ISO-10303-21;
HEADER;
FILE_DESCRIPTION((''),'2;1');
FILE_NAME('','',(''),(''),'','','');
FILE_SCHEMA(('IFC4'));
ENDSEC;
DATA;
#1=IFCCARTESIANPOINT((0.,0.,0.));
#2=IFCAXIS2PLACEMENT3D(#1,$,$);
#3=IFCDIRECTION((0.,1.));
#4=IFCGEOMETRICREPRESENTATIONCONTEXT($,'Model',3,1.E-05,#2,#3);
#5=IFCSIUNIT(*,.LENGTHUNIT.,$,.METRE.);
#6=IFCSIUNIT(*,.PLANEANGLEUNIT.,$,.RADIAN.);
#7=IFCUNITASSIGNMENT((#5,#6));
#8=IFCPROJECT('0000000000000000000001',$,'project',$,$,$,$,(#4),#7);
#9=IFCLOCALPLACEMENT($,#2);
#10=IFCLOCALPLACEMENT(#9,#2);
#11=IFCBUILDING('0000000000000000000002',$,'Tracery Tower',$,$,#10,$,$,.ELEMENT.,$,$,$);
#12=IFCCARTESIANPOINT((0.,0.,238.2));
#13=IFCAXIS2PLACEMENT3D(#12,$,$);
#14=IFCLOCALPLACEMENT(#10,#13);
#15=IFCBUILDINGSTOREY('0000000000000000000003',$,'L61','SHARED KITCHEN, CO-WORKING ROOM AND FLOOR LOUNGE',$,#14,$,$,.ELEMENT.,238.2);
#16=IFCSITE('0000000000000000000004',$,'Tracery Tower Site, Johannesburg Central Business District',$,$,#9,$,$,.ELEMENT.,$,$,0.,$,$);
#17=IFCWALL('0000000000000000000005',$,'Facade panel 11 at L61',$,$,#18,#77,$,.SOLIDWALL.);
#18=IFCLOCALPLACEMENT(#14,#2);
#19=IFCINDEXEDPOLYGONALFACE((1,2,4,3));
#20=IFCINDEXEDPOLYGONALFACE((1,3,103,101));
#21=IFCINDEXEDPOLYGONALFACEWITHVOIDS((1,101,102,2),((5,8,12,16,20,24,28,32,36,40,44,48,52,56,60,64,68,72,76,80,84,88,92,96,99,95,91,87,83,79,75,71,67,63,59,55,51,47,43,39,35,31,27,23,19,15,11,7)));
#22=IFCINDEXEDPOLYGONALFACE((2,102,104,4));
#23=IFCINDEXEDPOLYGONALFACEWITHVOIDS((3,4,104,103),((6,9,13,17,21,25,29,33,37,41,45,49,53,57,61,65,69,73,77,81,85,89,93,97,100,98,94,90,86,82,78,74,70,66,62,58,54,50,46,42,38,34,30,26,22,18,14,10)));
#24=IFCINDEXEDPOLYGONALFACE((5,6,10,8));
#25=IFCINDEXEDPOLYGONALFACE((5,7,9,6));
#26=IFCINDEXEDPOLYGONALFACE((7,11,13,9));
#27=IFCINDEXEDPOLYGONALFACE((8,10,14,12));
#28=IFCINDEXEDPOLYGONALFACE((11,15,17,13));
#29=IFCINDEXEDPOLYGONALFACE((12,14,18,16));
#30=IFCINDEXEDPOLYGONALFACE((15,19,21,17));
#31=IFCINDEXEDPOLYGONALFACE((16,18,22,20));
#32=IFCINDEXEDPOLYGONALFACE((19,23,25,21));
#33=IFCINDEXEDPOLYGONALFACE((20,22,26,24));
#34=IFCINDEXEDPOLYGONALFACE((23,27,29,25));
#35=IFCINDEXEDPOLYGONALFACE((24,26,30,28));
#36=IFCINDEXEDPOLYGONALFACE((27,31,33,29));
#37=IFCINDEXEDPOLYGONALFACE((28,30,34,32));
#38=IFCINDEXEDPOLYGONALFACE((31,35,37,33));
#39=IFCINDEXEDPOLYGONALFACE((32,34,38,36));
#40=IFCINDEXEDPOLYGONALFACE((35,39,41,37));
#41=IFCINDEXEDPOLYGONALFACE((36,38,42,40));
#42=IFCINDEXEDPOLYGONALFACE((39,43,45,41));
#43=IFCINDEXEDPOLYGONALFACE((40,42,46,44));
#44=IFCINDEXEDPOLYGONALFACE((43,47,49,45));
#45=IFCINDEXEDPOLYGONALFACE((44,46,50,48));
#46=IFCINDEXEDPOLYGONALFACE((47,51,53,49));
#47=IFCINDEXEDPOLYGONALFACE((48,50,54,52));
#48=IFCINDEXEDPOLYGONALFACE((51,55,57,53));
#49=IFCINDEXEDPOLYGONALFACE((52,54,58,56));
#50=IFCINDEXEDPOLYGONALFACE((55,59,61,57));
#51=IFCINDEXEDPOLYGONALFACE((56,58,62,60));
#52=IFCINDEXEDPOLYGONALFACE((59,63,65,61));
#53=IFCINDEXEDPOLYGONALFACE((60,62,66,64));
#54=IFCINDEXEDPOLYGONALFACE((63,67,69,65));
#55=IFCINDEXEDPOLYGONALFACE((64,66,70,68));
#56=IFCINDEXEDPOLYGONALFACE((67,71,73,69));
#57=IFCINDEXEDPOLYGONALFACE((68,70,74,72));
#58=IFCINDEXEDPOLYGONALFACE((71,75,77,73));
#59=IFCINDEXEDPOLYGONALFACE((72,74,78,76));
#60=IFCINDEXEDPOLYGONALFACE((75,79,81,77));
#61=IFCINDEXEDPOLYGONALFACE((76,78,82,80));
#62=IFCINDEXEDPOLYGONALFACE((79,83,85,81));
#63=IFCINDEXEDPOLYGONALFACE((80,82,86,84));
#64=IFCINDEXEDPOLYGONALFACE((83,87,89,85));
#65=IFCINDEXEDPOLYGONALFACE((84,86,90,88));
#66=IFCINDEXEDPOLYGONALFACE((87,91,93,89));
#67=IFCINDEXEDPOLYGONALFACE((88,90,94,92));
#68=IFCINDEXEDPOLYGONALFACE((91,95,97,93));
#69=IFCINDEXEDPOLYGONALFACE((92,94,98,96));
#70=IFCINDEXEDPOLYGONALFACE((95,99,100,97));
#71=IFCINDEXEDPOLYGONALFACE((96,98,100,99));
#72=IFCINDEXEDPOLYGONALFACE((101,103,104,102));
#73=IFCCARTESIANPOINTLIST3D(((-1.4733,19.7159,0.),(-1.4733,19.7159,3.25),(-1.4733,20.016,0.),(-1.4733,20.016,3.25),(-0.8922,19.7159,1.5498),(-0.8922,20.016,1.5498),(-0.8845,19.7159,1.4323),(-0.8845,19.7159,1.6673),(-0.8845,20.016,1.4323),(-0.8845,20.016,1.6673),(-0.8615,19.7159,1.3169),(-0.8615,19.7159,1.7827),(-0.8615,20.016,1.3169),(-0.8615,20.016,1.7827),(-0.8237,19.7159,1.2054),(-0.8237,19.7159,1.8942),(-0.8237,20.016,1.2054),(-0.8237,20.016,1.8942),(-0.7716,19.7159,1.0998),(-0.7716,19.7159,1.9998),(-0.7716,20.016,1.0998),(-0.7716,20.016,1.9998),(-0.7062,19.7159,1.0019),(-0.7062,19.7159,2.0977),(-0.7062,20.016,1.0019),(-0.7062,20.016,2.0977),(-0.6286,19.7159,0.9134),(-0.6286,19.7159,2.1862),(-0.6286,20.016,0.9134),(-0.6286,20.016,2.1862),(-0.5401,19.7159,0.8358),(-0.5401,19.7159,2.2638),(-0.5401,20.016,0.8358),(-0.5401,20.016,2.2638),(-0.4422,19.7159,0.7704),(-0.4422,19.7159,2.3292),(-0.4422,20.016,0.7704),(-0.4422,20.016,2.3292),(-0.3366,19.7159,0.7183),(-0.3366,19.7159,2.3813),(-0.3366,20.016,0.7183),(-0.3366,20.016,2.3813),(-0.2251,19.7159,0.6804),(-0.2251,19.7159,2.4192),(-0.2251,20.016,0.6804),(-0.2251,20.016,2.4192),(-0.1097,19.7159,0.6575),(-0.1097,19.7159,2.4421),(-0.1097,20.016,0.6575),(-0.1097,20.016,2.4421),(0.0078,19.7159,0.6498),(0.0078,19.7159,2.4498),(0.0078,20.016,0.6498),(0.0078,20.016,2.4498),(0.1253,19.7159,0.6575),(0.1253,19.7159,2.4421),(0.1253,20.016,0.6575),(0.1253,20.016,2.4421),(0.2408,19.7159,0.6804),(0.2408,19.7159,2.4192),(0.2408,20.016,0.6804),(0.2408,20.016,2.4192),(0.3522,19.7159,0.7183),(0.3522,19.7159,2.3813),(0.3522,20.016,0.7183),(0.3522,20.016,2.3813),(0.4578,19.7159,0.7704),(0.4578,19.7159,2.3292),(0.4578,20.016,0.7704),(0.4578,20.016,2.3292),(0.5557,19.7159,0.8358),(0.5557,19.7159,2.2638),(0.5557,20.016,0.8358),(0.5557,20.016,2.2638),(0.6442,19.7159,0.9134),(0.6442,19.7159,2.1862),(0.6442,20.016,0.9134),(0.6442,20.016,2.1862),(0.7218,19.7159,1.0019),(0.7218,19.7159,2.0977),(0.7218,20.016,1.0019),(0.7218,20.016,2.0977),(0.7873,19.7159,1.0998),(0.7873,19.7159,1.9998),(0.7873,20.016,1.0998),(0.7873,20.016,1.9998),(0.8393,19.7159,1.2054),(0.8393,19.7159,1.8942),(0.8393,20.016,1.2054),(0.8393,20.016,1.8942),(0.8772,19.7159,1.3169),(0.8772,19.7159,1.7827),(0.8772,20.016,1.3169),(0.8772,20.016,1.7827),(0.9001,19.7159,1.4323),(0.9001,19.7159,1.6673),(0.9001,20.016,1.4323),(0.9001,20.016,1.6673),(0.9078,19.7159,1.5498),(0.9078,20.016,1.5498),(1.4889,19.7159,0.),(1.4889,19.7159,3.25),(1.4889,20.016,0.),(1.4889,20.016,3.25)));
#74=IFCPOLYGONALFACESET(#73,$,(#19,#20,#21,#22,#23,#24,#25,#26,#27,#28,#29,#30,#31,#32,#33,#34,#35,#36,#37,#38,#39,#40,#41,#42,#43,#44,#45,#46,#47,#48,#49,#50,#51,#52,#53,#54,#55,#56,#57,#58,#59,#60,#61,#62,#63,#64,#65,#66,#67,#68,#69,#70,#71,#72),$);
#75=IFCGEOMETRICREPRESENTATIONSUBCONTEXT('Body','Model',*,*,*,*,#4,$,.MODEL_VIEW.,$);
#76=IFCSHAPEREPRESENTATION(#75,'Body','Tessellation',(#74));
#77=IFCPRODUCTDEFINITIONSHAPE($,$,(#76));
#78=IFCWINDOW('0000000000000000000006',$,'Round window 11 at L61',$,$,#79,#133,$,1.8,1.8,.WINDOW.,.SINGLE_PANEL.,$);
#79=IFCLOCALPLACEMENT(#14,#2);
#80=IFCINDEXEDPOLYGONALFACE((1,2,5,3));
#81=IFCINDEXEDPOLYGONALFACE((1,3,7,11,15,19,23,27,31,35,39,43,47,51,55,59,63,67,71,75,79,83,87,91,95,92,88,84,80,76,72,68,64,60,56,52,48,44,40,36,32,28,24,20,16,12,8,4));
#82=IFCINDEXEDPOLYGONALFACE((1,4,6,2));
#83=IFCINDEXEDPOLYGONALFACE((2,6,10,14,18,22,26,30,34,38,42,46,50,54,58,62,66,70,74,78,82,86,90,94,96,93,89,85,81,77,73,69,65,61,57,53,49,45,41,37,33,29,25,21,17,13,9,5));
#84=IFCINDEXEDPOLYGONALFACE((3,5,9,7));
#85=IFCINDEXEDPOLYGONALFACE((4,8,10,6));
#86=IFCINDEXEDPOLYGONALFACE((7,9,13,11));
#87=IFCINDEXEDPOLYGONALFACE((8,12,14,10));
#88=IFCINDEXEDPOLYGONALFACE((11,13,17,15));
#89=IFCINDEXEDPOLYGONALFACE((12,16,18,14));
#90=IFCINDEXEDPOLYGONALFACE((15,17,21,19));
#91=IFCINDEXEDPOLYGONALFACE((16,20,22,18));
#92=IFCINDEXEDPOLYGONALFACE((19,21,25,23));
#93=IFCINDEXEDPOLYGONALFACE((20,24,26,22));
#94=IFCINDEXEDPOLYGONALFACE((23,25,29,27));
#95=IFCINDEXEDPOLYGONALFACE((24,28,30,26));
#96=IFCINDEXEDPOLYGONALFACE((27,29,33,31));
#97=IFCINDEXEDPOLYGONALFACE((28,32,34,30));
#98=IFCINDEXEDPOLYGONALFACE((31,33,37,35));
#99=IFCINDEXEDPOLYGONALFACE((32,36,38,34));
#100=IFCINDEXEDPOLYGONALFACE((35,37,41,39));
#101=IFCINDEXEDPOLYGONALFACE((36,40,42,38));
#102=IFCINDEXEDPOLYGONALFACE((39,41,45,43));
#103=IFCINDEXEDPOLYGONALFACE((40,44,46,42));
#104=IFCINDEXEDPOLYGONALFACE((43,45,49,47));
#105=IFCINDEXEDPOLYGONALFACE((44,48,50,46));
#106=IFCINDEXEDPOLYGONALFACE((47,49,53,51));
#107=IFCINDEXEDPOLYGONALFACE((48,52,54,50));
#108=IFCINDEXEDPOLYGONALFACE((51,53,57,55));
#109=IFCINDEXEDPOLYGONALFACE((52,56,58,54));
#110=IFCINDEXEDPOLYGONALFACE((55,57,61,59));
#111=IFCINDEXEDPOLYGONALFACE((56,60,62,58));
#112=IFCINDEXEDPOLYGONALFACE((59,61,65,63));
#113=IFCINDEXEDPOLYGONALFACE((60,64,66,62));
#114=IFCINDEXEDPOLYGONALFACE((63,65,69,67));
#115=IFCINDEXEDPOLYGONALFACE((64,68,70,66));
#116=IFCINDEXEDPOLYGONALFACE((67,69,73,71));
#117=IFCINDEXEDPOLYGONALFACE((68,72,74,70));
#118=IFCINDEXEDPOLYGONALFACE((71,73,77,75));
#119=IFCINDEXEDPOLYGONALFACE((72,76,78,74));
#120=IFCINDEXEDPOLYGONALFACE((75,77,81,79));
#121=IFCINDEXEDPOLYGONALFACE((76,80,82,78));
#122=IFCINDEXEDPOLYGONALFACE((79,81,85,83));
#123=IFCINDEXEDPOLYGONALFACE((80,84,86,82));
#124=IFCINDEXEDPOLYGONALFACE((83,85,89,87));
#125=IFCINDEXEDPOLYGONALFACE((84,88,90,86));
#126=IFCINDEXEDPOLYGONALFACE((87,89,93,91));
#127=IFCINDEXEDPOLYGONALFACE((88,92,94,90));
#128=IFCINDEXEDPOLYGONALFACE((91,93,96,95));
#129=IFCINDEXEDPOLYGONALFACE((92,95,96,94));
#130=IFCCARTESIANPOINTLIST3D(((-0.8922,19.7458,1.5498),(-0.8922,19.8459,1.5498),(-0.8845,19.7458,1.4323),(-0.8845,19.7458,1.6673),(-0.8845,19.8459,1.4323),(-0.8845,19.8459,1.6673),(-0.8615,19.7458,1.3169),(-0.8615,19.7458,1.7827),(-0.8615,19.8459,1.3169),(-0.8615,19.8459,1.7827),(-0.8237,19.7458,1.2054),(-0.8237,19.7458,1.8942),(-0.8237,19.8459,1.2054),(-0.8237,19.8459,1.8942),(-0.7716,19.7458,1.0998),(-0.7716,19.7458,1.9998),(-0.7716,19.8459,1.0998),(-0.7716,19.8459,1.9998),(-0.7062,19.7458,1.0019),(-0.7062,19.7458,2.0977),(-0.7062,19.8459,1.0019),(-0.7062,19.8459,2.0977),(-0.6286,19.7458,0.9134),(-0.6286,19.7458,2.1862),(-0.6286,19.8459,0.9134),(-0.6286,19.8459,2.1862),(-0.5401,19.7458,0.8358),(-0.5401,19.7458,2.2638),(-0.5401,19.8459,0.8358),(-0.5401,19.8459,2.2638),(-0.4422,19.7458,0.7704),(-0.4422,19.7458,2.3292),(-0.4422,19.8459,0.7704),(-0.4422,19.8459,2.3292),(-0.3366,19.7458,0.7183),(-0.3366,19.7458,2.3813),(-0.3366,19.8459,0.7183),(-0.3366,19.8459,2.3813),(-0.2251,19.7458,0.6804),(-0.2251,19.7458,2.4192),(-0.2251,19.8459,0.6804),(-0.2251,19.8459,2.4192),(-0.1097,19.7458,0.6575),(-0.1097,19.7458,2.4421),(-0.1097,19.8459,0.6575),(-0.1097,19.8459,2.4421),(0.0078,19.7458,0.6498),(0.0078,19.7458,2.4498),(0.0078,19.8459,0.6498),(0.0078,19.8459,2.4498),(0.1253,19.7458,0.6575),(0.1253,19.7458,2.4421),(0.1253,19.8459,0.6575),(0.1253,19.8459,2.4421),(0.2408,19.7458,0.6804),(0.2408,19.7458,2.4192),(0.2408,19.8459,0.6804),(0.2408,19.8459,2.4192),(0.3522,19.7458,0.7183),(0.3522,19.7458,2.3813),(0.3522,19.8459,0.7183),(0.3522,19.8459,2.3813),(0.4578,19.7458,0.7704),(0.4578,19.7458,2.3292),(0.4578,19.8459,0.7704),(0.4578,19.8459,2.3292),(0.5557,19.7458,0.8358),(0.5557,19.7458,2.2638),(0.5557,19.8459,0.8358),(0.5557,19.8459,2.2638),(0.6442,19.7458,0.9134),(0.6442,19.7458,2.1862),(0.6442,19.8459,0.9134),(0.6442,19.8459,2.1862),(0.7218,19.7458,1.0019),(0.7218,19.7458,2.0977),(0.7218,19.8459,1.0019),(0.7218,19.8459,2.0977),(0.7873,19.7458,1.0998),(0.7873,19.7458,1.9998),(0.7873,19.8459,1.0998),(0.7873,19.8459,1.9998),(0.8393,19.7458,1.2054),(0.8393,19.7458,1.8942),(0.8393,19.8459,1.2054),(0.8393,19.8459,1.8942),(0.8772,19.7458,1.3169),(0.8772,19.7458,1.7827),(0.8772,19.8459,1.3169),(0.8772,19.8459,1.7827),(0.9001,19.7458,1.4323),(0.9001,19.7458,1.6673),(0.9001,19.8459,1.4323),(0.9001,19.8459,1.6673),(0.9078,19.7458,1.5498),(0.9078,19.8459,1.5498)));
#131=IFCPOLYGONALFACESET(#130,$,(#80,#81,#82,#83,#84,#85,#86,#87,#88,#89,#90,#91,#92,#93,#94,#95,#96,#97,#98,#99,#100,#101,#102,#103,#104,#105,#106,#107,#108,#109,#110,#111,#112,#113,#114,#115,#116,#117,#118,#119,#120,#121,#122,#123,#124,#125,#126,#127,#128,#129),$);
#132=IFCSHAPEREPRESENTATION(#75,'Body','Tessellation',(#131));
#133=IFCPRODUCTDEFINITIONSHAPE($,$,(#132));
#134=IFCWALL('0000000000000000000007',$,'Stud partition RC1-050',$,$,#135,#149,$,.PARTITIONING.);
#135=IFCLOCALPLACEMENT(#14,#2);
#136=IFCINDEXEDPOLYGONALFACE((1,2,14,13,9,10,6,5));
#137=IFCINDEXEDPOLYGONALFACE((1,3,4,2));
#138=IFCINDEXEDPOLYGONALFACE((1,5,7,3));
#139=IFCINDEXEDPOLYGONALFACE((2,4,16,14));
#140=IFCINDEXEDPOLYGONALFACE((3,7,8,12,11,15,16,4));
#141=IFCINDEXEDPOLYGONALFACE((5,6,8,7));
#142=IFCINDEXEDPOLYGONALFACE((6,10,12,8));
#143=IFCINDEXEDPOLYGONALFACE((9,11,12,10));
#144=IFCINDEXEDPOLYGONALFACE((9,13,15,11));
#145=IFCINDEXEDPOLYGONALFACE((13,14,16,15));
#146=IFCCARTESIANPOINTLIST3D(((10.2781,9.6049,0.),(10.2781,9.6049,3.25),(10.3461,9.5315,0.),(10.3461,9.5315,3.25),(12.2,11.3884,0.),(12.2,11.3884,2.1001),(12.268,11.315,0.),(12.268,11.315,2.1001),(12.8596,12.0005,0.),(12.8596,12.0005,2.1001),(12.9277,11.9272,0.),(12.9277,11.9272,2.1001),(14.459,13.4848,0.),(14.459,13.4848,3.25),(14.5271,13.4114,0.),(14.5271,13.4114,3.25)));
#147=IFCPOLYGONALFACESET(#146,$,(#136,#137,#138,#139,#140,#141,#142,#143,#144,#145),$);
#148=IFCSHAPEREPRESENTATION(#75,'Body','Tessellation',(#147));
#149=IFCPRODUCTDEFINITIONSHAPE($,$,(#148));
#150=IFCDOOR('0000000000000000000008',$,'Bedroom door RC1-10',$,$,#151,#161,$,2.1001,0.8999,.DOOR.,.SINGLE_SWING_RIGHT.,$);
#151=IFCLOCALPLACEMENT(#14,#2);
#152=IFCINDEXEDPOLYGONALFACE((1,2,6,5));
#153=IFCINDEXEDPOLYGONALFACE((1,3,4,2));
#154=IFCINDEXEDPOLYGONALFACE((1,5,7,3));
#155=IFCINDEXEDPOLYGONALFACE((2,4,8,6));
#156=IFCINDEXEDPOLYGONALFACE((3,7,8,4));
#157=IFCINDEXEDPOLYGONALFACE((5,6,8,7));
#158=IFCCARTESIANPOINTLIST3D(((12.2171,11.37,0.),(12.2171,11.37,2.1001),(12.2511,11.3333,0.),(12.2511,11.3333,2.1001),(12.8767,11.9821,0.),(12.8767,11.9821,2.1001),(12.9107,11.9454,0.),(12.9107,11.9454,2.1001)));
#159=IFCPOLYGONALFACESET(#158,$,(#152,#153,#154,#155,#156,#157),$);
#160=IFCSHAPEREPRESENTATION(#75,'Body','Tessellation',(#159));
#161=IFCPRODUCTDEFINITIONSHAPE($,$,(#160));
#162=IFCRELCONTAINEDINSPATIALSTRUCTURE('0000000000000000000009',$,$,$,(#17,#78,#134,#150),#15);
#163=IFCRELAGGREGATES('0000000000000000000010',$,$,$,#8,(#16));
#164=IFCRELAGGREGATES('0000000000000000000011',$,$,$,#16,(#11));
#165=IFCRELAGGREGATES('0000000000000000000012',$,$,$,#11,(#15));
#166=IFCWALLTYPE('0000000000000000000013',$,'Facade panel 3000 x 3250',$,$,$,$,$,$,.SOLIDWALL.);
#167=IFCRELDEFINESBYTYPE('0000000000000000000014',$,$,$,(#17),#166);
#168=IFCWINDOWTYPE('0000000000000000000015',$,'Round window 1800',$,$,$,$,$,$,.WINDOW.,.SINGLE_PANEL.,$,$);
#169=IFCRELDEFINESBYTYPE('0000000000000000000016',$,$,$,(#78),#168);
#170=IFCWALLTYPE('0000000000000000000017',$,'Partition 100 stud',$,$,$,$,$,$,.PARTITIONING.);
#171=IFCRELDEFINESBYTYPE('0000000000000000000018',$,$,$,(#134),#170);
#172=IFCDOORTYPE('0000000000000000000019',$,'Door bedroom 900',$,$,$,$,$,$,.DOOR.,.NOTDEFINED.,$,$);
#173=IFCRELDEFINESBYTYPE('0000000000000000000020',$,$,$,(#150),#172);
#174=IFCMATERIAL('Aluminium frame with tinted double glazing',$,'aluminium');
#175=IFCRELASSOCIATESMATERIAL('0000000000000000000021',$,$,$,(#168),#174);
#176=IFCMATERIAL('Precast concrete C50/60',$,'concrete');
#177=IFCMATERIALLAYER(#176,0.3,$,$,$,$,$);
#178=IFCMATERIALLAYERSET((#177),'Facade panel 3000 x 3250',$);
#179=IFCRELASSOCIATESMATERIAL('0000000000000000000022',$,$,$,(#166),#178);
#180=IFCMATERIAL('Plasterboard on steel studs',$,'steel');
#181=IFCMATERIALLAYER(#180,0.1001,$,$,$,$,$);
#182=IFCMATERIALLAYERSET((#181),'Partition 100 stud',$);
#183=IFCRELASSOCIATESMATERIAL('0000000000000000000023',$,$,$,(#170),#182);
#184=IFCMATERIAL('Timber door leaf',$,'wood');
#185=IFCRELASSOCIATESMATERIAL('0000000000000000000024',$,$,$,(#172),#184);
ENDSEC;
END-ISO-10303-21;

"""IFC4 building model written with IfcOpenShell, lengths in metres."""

from ifc_helpers import new_model, si_unit, direction, frame, frame_2d, origin, origin_2d, place, context, subcontext, project, spatial, rectangle, circle, extrude, material, layer, layer_set, type_object, element, fill, save


model = new_model("IFC4")

# Units and contexts
model_context = context("Model", 3, precision=1e-05, world=origin(), true_north=direction((0.0, 1.0)))
body_context = subcontext(model_context, "Body", "Model", "MODEL_VIEW")
ifc_project = project(units=[si_unit("LENGTHUNIT", "METRE"), si_unit("PLANEANGLEUNIT", "RADIAN")], contexts=[model_context])

# Site, building, storey
site_placement = place(None, origin())
site = spatial("IfcSite", under=ifc_project, at=site_placement, Name="Tracery Tower Site, Johannesburg Central Business District", CompositionType="ELEMENT", RefElevation=0.0)
building_placement = place(site_placement, origin())
building = spatial("IfcBuilding", under=site, at=building_placement, Name="Tracery Tower", CompositionType="ELEMENT")
storey_placement = place(building_placement, frame((0.0, 0.0, 238.2)))
storey = spatial("IfcBuildingStorey", under=building, at=storey_placement, Name="L61", Description="SHARED KITCHEN, CO-WORKING ROOM AND FLOOR LOUNGE", CompositionType="ELEMENT", Elevation=238.2)

# Wall, opening, window
ifc_material_1 = material(Name="Aluminium frame with tinted double glazing", Category="aluminium")
window_type = type_object("IfcWindowType", Name="Round window 1800", PartitioningType="SINGLE_PANEL", PredefinedType="WINDOW", material=ifc_material_1)
ifc_material_2 = material(Name="Precast concrete C50/60", Category="concrete")
ifc_layer_1 = layer(ifc_material_2, 0.3)
ifc_layer_set_1 = layer_set([ifc_layer_1], Name="Facade panel 3000 x 3250")
wall_type_1 = type_object("IfcWallType", Name="Facade panel 3000 x 3250", PredefinedType="SOLIDWALL", material=ifc_layer_set_1)
wall_1_placement = place(storey_placement, frame((1.4888, 19.866, 0.0), z_axis=(0.0, 0.0, 1.0), x_axis=(-1.0, 0.0, 0.0)))
wall_1 = element("IfcWall", 1, at=wall_1_placement, inside=storey, type_object=wall_type_1, Name="Facade panel 11 at L61", PredefinedType="SOLIDWALL", context=body_context, shape_type="SweptSolid", body=[
    extrude(rectangle(XDim=2.9622, YDim=0.3, at=frame_2d((1.481, 0.0))), origin(), (0.0, 0.0, 1.0), 3.25),
])
opening_1_placement = place(wall_1_placement, frame((1.481, 0.0, 1.5498)))
opening_1 = element("IfcOpeningElement", 2, at=opening_1_placement, cuts=wall_1, PredefinedType="OPENING", context=body_context, shape_type="SweptSolid", body=[
    extrude(circle(Radius=0.9, at=origin_2d()), frame((0.0, 0.1599, 0.0), z_axis=(0.0, -1.0, 0.0), x_axis=(1.0, 0.0, 0.0)), (0.0, 0.0, 1.0), 0.3201),
])
window_1_placement = place(opening_1_placement, origin())
window_1 = element("IfcWindow", 3, at=window_1_placement, inside=storey, type_object=window_type, Name="Round window 11 at L61", OverallHeight=1.8, OverallWidth=1.8, PartitioningType="SINGLE_PANEL", PredefinedType="WINDOW", context=body_context, shape_type="SweptSolid", body=[
    extrude(circle(Radius=0.9, at=origin_2d()), frame((0.0, 0.1201, 0.0), z_axis=(0.0, -1.0, 0.0), x_axis=(1.0, 0.0, 0.0)), (0.0, 0.0, 1.0), 0.1001),
])
fill(opening_1, window_1)

# Wall, opening, door
ifc_material_3 = material(Name="Plasterboard on steel studs", Category="steel")
ifc_layer_2 = layer(ifc_material_3, 0.1001)
ifc_layer_set_2 = layer_set([ifc_layer_2], Name="Partition 100 stud")
wall_type_2 = type_object("IfcWallType", Name="Partition 100 stud", PredefinedType="PARTITIONING", material=ifc_layer_set_2)
wall_2_placement = place(storey_placement, frame((10.312, 9.5681, 0.0), z_axis=(0.0, 0.0, 1.0), x_axis=(0.733002, 0.680226, 0.0)))
wall_2 = element("IfcWall", 4, at=wall_2_placement, inside=storey, type_object=wall_type_2, Name="Stud partition RC1-050", PredefinedType="PARTITIONING", context=body_context, shape_type="SweptSolid", body=[
    extrude(rectangle(XDim=5.7039, YDim=0.1001, at=frame_2d((2.8521, 0.0))), origin(), (0.0, 0.0, 1.0), 3.25),
])
opening_2_placement = place(wall_2_placement, frame((2.6221, 0.0, 0.0)))
opening_2 = element("IfcOpeningElement", 5, at=opening_2_placement, cuts=wall_2, PredefinedType="OPENING", context=body_context, shape_type="SweptSolid", body=[
    extrude(rectangle(XDim=0.8999, YDim=2.1001, at=frame_2d((0.45, 1.05))), frame((0.0, 0.05, 0.0), z_axis=(0.0, -1.0, 0.0), x_axis=(1.0, 0.0, 0.0)), (0.0, 0.0, 1.0), 0.1001),
])
ifc_material_4 = material(Name="Timber door leaf", Category="wood")
door_type_1 = type_object("IfcDoorType", Name="Door bedroom 900", OperationType="NOTDEFINED", PredefinedType="DOOR", material=ifc_material_4)
door_1_placement = place(opening_2_placement, origin())
door_1 = element("IfcDoor", 6, at=door_1_placement, inside=storey, type_object=door_type_1, Name="Bedroom door RC1-10", OperationType="SINGLE_SWING_RIGHT", OverallHeight=2.1001, OverallWidth=0.8999, PredefinedType="DOOR", context=body_context, shape_type="SweptSolid", body=[
    extrude(rectangle(XDim=0.8999, YDim=2.1001, at=frame_2d((0.45, 1.05))), frame((0.0, 0.0249, 0.0), z_axis=(0.0, -1.0, 0.0), x_axis=(1.0, 0.0, 0.0)), (0.0, 0.0, 1.0), 0.05),
])
fill(opening_2, door_1)

save(model, "model.ifc")
